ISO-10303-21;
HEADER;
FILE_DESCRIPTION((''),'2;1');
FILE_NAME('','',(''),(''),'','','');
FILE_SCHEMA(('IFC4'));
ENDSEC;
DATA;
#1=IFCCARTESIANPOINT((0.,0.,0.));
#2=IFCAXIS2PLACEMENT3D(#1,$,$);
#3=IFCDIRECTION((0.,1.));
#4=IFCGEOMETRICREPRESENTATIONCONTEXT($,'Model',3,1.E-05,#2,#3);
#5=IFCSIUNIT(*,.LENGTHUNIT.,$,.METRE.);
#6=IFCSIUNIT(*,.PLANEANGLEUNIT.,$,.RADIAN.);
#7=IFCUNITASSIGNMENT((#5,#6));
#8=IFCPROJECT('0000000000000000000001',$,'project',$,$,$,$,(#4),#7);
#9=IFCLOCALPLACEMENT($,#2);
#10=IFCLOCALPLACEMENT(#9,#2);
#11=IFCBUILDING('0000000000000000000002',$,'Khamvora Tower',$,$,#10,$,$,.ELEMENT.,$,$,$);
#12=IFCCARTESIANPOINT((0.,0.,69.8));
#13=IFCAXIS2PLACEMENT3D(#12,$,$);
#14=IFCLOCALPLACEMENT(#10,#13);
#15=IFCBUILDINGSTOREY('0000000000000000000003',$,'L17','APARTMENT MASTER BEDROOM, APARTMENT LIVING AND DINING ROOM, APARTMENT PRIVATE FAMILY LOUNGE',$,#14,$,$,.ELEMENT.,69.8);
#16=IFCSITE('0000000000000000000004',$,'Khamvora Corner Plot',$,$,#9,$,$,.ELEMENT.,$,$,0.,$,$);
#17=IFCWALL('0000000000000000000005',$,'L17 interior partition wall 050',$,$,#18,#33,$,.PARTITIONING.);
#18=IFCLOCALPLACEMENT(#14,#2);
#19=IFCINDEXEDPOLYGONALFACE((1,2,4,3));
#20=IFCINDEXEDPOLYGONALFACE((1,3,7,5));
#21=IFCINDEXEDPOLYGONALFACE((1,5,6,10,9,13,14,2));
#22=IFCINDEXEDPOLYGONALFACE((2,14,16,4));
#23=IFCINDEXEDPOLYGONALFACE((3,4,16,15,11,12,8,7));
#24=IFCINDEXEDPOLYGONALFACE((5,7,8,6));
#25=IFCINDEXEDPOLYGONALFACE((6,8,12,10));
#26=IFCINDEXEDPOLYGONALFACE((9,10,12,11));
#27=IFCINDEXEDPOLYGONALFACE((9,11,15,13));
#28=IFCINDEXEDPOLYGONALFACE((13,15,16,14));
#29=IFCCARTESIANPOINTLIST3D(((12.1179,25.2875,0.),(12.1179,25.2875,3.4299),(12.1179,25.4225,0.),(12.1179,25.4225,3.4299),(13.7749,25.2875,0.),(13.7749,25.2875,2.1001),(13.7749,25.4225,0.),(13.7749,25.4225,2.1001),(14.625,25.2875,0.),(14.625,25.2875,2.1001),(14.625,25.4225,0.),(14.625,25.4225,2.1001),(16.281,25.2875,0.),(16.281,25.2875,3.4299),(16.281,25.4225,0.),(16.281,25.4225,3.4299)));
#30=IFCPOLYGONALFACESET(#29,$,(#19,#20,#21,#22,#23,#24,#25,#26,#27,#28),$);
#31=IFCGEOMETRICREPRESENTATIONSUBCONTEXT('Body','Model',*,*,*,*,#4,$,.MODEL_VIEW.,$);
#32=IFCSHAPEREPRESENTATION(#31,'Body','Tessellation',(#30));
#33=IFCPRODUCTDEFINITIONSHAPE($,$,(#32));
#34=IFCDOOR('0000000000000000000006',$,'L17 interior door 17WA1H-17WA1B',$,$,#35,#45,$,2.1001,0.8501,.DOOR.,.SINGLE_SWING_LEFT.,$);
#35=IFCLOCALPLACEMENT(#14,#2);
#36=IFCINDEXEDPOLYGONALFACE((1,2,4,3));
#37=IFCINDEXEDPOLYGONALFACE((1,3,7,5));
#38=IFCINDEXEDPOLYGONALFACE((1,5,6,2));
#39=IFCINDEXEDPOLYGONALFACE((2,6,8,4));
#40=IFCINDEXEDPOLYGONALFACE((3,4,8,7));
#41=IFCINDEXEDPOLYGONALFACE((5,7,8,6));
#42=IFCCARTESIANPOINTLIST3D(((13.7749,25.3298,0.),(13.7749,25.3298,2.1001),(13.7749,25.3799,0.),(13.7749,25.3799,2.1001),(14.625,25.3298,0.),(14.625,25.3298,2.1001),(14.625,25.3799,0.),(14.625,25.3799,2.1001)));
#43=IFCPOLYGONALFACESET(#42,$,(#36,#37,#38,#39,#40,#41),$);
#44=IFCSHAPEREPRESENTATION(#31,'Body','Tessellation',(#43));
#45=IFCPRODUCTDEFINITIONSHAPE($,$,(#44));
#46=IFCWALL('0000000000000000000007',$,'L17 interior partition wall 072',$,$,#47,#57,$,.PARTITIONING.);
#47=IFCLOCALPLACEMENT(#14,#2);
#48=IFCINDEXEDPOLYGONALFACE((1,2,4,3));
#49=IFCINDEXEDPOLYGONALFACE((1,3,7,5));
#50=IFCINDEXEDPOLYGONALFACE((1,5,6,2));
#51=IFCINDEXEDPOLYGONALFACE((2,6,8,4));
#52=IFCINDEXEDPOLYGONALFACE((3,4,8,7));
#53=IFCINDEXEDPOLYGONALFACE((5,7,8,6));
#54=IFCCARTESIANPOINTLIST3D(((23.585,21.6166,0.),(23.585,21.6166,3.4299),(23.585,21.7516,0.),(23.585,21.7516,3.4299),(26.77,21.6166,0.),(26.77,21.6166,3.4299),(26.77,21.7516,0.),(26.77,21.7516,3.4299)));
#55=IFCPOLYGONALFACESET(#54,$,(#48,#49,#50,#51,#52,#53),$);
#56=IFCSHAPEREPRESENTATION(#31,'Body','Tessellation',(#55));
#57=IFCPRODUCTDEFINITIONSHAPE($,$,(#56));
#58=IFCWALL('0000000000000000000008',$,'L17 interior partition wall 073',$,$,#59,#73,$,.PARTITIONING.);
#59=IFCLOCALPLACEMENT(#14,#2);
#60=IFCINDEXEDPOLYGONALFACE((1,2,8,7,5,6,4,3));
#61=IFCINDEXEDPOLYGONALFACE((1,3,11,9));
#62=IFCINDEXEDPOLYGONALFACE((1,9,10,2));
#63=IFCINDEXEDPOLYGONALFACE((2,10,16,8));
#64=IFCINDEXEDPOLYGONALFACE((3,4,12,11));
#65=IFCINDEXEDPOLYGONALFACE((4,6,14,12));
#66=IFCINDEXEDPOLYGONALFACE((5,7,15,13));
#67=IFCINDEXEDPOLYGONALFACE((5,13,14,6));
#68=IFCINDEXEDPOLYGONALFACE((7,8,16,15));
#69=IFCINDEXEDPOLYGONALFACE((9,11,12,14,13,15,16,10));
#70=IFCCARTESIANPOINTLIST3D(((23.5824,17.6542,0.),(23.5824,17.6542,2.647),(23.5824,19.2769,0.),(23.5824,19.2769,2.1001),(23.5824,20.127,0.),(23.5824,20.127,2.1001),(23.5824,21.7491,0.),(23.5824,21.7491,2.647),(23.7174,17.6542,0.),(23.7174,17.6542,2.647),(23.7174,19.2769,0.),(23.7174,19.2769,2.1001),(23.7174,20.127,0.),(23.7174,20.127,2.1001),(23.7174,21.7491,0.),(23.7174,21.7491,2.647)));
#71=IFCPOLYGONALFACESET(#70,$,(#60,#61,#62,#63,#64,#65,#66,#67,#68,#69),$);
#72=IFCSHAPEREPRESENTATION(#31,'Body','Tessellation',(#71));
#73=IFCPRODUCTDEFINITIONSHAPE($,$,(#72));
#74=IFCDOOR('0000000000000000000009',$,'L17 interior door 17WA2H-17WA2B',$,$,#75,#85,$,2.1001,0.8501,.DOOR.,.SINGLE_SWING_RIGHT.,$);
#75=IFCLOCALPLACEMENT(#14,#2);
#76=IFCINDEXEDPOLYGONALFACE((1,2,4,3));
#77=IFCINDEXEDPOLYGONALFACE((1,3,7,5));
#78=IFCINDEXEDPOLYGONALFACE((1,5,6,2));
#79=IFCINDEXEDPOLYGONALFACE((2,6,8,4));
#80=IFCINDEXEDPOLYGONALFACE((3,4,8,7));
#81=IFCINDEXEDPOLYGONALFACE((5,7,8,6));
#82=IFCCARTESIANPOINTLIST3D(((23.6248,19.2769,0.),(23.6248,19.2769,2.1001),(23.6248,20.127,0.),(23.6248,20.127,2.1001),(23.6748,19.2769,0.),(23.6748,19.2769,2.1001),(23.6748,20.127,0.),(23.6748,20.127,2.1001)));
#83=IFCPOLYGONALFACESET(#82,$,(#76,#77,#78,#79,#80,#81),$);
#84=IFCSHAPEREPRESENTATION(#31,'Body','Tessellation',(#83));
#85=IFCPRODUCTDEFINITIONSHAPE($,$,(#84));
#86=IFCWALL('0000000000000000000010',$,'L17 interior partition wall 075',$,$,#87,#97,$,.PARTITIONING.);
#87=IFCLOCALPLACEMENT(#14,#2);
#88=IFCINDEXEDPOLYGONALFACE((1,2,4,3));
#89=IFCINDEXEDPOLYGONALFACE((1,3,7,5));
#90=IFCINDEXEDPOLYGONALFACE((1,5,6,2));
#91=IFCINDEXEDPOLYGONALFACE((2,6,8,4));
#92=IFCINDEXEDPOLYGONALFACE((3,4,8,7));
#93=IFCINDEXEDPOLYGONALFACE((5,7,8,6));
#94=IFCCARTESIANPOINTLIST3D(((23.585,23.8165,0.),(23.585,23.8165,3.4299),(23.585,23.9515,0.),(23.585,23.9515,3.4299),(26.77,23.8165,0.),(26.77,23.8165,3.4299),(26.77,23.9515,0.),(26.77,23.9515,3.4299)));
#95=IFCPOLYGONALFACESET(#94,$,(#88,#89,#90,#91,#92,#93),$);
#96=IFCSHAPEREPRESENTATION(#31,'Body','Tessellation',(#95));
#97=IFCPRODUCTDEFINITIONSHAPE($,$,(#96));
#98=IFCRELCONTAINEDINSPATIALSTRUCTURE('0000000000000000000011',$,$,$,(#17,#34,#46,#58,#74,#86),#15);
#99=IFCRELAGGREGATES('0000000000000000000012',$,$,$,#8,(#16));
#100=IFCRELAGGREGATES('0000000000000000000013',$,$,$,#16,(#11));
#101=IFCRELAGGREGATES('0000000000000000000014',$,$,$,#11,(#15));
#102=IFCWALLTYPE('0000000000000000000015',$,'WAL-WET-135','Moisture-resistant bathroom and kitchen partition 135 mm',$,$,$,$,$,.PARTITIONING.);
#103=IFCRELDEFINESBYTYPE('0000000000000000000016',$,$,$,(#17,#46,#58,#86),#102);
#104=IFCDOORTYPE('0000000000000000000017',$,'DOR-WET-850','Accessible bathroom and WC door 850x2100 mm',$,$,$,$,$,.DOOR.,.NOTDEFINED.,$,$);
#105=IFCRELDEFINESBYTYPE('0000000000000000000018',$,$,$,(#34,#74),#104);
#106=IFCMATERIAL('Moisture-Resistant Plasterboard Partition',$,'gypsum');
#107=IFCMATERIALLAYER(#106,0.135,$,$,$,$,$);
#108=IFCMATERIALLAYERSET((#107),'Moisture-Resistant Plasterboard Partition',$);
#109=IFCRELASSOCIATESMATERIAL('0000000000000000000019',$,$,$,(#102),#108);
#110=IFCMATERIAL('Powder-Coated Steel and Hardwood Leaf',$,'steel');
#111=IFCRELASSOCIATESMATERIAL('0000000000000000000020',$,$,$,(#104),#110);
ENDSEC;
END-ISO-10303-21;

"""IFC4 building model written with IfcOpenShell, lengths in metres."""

from ifc_helpers import new_model, si_unit, direction, frame, frame_2d, origin, place, context, subcontext, project, spatial, rectangle, extrude, material, layer, layer_set, type_object, element, fill, save


model = new_model("IFC4")

# Units and contexts
model_context = context("Model", 3, precision=1e-05, world=origin(), true_north=direction((0.0, 1.0)))
body_context = subcontext(model_context, "Body", "Model", "MODEL_VIEW")
ifc_project = project(units=[si_unit("LENGTHUNIT", "METRE"), si_unit("PLANEANGLEUNIT", "RADIAN")], contexts=[model_context])

# Site, building, storey
site_placement = place(None, origin())
site = spatial("IfcSite", under=ifc_project, at=site_placement, Name="Khamvora Corner Plot", CompositionType="ELEMENT", RefElevation=0.0)
building_placement = place(site_placement, origin())
building = spatial("IfcBuilding", under=site, at=building_placement, Name="Khamvora Tower", CompositionType="ELEMENT")
storey_placement = place(building_placement, frame((0.0, 0.0, 69.8)))
storey = spatial("IfcBuildingStorey", under=building, at=storey_placement, Name="L17", Description="APARTMENT MASTER BEDROOM, APARTMENT LIVING AND DINING ROOM, APARTMENT PRIVATE FAMILY LOUNGE", CompositionType="ELEMENT", Elevation=69.8)

# Shared definitions
ifc_material_1 = material(Name="Powder-Coated Steel and Hardwood Leaf", Category="steel")

# Wall, opening, door
ifc_material_2 = material(Name="Moisture-Resistant Plasterboard Partition", Category="gypsum")
ifc_layer_1 = layer(ifc_material_2, 0.135)
ifc_layer_set_1 = layer_set([ifc_layer_1], Name="Moisture-Resistant Plasterboard Partition")
wall_type_1 = type_object("IfcWallType", Name="WAL-WET-135", Description="Moisture-resistant bathroom and kitchen partition 135 mm", PredefinedType="PARTITIONING", material=ifc_layer_set_1)
wall_1_placement = place(storey_placement, frame((12.1179, 25.355, 0.0), z_axis=(0.0, 0.0, 1.0), x_axis=(1.0, 0.0, 0.0)))
wall_1 = element("IfcWall", 1, at=wall_1_placement, inside=storey, type_object=wall_type_1, Name="L17 interior partition wall 050", PredefinedType="PARTITIONING", context=body_context, shape_type="SweptSolid", body=[
    extrude(rectangle(XDim=4.1631, YDim=0.135, at=frame_2d((2.0815, 0.0))), origin(), (0.0, 0.0, 1.0), 3.4299),
])
opening_1_placement = place(wall_1_placement, frame((1.657, 0.0, 0.0)))
opening_1 = element("IfcOpeningElement", 2, at=opening_1_placement, cuts=wall_1, PredefinedType="OPENING", context=body_context, shape_type="SweptSolid", body=[
    extrude(rectangle(XDim=0.8501, YDim=2.1001, at=frame_2d((0.425, 1.05))), frame((0.0, 0.0774, 0.0), z_axis=(0.0, -1.0, 0.0), x_axis=(1.0, 0.0, 0.0)), (0.0, 0.0, 1.0), 0.155),
])
door_type_1 = type_object("IfcDoorType", Name="DOR-WET-850", Description="Accessible bathroom and WC door 850x2100 mm", OperationType="NOTDEFINED", PredefinedType="DOOR", material=ifc_material_1)
door_1_placement = place(opening_1_placement, origin())
door_1 = element("IfcDoor", 3, at=door_1_placement, inside=storey, type_object=door_type_1, Name="L17 interior door 17WA1H-17WA1B", OperationType="SINGLE_SWING_LEFT", OverallHeight=2.1001, OverallWidth=0.8501, PredefinedType="DOOR", context=body_context, shape_type="SweptSolid", body=[
    extrude(rectangle(XDim=0.8501, YDim=2.1001, at=frame_2d((0.425, 1.05))), frame((0.0, 0.0249, 0.0), z_axis=(0.0, -1.0, 0.0), x_axis=(1.0, 0.0, 0.0)), (0.0, 0.0, 1.0), 0.05),
])
fill(opening_1, door_1)

# Wall
wall_2_placement = place(storey_placement, frame((26.77, 21.6841, 0.0), z_axis=(0.0, 0.0, 1.0), x_axis=(-1.0, 0.0, 0.0)))
element("IfcWall", 4, at=wall_2_placement, inside=storey, type_object=wall_type_1, Name="L17 interior partition wall 072", PredefinedType="PARTITIONING", context=body_context, shape_type="SweptSolid", body=[
    extrude(rectangle(XDim=3.1851, YDim=0.135, at=frame_2d((1.5925, 0.0))), origin(), (0.0, 0.0, 1.0), 3.4299),
])

# Wall, opening, door
wall_3_placement = place(storey_placement, frame((23.6499, 21.749, 0.0), z_axis=(0.0, 0.0, 1.0), x_axis=(0.0, -1.0, 0.0)))
wall_3 = element("IfcWall", 5, at=wall_3_placement, inside=storey, type_object=wall_type_1, Name="L17 interior partition wall 073", PredefinedType="PARTITIONING", context=body_context, shape_type="SweptSolid", body=[
    extrude(rectangle(XDim=4.095, YDim=0.135, at=frame_2d((2.0474, 0.0))), origin(), (0.0, 0.0, 1.0), 2.647),
])
opening_2_placement = place(wall_3_placement, frame((1.6221, 0.0, 0.0)))
opening_2 = element("IfcOpeningElement", 6, at=opening_2_placement, cuts=wall_3, PredefinedType="OPENING", context=body_context, shape_type="SweptSolid", body=[
    extrude(rectangle(XDim=0.8501, YDim=2.1001, at=frame_2d((0.425, 1.05))), frame((0.0, 0.0774, 0.0), z_axis=(0.0, -1.0, 0.0), x_axis=(1.0, 0.0, 0.0)), (0.0, 0.0, 1.0), 0.155),
])
door_2_placement = place(opening_2_placement, origin())
door_2 = element("IfcDoor", 7, at=door_2_placement, inside=storey, type_object=door_type_1, Name="L17 interior door 17WA2H-17WA2B", OperationType="SINGLE_SWING_RIGHT", OverallHeight=2.1001, OverallWidth=0.8501, PredefinedType="DOOR", context=body_context, shape_type="SweptSolid", body=[
    extrude(rectangle(XDim=0.8501, YDim=2.1001, at=frame_2d((0.425, 1.05))), frame((0.0, 0.0249, 0.0), z_axis=(0.0, -1.0, 0.0), x_axis=(1.0, 0.0, 0.0)), (0.0, 0.0, 1.0), 0.05),
])
fill(opening_2, door_2)

# Wall
wall_4_placement = place(storey_placement, frame((23.585, 23.884, 0.0), z_axis=(0.0, 0.0, 1.0), x_axis=(1.0, 0.0, 0.0)))
element("IfcWall", 8, at=wall_4_placement, inside=storey, type_object=wall_type_1, Name="L17 interior partition wall 075", PredefinedType="PARTITIONING", context=body_context, shape_type="SweptSolid", body=[
    extrude(rectangle(XDim=3.1851, YDim=0.135, at=frame_2d((1.5925, 0.0))), origin(), (0.0, 0.0, 1.0), 3.4299),
])

save(model, "model.ifc")
